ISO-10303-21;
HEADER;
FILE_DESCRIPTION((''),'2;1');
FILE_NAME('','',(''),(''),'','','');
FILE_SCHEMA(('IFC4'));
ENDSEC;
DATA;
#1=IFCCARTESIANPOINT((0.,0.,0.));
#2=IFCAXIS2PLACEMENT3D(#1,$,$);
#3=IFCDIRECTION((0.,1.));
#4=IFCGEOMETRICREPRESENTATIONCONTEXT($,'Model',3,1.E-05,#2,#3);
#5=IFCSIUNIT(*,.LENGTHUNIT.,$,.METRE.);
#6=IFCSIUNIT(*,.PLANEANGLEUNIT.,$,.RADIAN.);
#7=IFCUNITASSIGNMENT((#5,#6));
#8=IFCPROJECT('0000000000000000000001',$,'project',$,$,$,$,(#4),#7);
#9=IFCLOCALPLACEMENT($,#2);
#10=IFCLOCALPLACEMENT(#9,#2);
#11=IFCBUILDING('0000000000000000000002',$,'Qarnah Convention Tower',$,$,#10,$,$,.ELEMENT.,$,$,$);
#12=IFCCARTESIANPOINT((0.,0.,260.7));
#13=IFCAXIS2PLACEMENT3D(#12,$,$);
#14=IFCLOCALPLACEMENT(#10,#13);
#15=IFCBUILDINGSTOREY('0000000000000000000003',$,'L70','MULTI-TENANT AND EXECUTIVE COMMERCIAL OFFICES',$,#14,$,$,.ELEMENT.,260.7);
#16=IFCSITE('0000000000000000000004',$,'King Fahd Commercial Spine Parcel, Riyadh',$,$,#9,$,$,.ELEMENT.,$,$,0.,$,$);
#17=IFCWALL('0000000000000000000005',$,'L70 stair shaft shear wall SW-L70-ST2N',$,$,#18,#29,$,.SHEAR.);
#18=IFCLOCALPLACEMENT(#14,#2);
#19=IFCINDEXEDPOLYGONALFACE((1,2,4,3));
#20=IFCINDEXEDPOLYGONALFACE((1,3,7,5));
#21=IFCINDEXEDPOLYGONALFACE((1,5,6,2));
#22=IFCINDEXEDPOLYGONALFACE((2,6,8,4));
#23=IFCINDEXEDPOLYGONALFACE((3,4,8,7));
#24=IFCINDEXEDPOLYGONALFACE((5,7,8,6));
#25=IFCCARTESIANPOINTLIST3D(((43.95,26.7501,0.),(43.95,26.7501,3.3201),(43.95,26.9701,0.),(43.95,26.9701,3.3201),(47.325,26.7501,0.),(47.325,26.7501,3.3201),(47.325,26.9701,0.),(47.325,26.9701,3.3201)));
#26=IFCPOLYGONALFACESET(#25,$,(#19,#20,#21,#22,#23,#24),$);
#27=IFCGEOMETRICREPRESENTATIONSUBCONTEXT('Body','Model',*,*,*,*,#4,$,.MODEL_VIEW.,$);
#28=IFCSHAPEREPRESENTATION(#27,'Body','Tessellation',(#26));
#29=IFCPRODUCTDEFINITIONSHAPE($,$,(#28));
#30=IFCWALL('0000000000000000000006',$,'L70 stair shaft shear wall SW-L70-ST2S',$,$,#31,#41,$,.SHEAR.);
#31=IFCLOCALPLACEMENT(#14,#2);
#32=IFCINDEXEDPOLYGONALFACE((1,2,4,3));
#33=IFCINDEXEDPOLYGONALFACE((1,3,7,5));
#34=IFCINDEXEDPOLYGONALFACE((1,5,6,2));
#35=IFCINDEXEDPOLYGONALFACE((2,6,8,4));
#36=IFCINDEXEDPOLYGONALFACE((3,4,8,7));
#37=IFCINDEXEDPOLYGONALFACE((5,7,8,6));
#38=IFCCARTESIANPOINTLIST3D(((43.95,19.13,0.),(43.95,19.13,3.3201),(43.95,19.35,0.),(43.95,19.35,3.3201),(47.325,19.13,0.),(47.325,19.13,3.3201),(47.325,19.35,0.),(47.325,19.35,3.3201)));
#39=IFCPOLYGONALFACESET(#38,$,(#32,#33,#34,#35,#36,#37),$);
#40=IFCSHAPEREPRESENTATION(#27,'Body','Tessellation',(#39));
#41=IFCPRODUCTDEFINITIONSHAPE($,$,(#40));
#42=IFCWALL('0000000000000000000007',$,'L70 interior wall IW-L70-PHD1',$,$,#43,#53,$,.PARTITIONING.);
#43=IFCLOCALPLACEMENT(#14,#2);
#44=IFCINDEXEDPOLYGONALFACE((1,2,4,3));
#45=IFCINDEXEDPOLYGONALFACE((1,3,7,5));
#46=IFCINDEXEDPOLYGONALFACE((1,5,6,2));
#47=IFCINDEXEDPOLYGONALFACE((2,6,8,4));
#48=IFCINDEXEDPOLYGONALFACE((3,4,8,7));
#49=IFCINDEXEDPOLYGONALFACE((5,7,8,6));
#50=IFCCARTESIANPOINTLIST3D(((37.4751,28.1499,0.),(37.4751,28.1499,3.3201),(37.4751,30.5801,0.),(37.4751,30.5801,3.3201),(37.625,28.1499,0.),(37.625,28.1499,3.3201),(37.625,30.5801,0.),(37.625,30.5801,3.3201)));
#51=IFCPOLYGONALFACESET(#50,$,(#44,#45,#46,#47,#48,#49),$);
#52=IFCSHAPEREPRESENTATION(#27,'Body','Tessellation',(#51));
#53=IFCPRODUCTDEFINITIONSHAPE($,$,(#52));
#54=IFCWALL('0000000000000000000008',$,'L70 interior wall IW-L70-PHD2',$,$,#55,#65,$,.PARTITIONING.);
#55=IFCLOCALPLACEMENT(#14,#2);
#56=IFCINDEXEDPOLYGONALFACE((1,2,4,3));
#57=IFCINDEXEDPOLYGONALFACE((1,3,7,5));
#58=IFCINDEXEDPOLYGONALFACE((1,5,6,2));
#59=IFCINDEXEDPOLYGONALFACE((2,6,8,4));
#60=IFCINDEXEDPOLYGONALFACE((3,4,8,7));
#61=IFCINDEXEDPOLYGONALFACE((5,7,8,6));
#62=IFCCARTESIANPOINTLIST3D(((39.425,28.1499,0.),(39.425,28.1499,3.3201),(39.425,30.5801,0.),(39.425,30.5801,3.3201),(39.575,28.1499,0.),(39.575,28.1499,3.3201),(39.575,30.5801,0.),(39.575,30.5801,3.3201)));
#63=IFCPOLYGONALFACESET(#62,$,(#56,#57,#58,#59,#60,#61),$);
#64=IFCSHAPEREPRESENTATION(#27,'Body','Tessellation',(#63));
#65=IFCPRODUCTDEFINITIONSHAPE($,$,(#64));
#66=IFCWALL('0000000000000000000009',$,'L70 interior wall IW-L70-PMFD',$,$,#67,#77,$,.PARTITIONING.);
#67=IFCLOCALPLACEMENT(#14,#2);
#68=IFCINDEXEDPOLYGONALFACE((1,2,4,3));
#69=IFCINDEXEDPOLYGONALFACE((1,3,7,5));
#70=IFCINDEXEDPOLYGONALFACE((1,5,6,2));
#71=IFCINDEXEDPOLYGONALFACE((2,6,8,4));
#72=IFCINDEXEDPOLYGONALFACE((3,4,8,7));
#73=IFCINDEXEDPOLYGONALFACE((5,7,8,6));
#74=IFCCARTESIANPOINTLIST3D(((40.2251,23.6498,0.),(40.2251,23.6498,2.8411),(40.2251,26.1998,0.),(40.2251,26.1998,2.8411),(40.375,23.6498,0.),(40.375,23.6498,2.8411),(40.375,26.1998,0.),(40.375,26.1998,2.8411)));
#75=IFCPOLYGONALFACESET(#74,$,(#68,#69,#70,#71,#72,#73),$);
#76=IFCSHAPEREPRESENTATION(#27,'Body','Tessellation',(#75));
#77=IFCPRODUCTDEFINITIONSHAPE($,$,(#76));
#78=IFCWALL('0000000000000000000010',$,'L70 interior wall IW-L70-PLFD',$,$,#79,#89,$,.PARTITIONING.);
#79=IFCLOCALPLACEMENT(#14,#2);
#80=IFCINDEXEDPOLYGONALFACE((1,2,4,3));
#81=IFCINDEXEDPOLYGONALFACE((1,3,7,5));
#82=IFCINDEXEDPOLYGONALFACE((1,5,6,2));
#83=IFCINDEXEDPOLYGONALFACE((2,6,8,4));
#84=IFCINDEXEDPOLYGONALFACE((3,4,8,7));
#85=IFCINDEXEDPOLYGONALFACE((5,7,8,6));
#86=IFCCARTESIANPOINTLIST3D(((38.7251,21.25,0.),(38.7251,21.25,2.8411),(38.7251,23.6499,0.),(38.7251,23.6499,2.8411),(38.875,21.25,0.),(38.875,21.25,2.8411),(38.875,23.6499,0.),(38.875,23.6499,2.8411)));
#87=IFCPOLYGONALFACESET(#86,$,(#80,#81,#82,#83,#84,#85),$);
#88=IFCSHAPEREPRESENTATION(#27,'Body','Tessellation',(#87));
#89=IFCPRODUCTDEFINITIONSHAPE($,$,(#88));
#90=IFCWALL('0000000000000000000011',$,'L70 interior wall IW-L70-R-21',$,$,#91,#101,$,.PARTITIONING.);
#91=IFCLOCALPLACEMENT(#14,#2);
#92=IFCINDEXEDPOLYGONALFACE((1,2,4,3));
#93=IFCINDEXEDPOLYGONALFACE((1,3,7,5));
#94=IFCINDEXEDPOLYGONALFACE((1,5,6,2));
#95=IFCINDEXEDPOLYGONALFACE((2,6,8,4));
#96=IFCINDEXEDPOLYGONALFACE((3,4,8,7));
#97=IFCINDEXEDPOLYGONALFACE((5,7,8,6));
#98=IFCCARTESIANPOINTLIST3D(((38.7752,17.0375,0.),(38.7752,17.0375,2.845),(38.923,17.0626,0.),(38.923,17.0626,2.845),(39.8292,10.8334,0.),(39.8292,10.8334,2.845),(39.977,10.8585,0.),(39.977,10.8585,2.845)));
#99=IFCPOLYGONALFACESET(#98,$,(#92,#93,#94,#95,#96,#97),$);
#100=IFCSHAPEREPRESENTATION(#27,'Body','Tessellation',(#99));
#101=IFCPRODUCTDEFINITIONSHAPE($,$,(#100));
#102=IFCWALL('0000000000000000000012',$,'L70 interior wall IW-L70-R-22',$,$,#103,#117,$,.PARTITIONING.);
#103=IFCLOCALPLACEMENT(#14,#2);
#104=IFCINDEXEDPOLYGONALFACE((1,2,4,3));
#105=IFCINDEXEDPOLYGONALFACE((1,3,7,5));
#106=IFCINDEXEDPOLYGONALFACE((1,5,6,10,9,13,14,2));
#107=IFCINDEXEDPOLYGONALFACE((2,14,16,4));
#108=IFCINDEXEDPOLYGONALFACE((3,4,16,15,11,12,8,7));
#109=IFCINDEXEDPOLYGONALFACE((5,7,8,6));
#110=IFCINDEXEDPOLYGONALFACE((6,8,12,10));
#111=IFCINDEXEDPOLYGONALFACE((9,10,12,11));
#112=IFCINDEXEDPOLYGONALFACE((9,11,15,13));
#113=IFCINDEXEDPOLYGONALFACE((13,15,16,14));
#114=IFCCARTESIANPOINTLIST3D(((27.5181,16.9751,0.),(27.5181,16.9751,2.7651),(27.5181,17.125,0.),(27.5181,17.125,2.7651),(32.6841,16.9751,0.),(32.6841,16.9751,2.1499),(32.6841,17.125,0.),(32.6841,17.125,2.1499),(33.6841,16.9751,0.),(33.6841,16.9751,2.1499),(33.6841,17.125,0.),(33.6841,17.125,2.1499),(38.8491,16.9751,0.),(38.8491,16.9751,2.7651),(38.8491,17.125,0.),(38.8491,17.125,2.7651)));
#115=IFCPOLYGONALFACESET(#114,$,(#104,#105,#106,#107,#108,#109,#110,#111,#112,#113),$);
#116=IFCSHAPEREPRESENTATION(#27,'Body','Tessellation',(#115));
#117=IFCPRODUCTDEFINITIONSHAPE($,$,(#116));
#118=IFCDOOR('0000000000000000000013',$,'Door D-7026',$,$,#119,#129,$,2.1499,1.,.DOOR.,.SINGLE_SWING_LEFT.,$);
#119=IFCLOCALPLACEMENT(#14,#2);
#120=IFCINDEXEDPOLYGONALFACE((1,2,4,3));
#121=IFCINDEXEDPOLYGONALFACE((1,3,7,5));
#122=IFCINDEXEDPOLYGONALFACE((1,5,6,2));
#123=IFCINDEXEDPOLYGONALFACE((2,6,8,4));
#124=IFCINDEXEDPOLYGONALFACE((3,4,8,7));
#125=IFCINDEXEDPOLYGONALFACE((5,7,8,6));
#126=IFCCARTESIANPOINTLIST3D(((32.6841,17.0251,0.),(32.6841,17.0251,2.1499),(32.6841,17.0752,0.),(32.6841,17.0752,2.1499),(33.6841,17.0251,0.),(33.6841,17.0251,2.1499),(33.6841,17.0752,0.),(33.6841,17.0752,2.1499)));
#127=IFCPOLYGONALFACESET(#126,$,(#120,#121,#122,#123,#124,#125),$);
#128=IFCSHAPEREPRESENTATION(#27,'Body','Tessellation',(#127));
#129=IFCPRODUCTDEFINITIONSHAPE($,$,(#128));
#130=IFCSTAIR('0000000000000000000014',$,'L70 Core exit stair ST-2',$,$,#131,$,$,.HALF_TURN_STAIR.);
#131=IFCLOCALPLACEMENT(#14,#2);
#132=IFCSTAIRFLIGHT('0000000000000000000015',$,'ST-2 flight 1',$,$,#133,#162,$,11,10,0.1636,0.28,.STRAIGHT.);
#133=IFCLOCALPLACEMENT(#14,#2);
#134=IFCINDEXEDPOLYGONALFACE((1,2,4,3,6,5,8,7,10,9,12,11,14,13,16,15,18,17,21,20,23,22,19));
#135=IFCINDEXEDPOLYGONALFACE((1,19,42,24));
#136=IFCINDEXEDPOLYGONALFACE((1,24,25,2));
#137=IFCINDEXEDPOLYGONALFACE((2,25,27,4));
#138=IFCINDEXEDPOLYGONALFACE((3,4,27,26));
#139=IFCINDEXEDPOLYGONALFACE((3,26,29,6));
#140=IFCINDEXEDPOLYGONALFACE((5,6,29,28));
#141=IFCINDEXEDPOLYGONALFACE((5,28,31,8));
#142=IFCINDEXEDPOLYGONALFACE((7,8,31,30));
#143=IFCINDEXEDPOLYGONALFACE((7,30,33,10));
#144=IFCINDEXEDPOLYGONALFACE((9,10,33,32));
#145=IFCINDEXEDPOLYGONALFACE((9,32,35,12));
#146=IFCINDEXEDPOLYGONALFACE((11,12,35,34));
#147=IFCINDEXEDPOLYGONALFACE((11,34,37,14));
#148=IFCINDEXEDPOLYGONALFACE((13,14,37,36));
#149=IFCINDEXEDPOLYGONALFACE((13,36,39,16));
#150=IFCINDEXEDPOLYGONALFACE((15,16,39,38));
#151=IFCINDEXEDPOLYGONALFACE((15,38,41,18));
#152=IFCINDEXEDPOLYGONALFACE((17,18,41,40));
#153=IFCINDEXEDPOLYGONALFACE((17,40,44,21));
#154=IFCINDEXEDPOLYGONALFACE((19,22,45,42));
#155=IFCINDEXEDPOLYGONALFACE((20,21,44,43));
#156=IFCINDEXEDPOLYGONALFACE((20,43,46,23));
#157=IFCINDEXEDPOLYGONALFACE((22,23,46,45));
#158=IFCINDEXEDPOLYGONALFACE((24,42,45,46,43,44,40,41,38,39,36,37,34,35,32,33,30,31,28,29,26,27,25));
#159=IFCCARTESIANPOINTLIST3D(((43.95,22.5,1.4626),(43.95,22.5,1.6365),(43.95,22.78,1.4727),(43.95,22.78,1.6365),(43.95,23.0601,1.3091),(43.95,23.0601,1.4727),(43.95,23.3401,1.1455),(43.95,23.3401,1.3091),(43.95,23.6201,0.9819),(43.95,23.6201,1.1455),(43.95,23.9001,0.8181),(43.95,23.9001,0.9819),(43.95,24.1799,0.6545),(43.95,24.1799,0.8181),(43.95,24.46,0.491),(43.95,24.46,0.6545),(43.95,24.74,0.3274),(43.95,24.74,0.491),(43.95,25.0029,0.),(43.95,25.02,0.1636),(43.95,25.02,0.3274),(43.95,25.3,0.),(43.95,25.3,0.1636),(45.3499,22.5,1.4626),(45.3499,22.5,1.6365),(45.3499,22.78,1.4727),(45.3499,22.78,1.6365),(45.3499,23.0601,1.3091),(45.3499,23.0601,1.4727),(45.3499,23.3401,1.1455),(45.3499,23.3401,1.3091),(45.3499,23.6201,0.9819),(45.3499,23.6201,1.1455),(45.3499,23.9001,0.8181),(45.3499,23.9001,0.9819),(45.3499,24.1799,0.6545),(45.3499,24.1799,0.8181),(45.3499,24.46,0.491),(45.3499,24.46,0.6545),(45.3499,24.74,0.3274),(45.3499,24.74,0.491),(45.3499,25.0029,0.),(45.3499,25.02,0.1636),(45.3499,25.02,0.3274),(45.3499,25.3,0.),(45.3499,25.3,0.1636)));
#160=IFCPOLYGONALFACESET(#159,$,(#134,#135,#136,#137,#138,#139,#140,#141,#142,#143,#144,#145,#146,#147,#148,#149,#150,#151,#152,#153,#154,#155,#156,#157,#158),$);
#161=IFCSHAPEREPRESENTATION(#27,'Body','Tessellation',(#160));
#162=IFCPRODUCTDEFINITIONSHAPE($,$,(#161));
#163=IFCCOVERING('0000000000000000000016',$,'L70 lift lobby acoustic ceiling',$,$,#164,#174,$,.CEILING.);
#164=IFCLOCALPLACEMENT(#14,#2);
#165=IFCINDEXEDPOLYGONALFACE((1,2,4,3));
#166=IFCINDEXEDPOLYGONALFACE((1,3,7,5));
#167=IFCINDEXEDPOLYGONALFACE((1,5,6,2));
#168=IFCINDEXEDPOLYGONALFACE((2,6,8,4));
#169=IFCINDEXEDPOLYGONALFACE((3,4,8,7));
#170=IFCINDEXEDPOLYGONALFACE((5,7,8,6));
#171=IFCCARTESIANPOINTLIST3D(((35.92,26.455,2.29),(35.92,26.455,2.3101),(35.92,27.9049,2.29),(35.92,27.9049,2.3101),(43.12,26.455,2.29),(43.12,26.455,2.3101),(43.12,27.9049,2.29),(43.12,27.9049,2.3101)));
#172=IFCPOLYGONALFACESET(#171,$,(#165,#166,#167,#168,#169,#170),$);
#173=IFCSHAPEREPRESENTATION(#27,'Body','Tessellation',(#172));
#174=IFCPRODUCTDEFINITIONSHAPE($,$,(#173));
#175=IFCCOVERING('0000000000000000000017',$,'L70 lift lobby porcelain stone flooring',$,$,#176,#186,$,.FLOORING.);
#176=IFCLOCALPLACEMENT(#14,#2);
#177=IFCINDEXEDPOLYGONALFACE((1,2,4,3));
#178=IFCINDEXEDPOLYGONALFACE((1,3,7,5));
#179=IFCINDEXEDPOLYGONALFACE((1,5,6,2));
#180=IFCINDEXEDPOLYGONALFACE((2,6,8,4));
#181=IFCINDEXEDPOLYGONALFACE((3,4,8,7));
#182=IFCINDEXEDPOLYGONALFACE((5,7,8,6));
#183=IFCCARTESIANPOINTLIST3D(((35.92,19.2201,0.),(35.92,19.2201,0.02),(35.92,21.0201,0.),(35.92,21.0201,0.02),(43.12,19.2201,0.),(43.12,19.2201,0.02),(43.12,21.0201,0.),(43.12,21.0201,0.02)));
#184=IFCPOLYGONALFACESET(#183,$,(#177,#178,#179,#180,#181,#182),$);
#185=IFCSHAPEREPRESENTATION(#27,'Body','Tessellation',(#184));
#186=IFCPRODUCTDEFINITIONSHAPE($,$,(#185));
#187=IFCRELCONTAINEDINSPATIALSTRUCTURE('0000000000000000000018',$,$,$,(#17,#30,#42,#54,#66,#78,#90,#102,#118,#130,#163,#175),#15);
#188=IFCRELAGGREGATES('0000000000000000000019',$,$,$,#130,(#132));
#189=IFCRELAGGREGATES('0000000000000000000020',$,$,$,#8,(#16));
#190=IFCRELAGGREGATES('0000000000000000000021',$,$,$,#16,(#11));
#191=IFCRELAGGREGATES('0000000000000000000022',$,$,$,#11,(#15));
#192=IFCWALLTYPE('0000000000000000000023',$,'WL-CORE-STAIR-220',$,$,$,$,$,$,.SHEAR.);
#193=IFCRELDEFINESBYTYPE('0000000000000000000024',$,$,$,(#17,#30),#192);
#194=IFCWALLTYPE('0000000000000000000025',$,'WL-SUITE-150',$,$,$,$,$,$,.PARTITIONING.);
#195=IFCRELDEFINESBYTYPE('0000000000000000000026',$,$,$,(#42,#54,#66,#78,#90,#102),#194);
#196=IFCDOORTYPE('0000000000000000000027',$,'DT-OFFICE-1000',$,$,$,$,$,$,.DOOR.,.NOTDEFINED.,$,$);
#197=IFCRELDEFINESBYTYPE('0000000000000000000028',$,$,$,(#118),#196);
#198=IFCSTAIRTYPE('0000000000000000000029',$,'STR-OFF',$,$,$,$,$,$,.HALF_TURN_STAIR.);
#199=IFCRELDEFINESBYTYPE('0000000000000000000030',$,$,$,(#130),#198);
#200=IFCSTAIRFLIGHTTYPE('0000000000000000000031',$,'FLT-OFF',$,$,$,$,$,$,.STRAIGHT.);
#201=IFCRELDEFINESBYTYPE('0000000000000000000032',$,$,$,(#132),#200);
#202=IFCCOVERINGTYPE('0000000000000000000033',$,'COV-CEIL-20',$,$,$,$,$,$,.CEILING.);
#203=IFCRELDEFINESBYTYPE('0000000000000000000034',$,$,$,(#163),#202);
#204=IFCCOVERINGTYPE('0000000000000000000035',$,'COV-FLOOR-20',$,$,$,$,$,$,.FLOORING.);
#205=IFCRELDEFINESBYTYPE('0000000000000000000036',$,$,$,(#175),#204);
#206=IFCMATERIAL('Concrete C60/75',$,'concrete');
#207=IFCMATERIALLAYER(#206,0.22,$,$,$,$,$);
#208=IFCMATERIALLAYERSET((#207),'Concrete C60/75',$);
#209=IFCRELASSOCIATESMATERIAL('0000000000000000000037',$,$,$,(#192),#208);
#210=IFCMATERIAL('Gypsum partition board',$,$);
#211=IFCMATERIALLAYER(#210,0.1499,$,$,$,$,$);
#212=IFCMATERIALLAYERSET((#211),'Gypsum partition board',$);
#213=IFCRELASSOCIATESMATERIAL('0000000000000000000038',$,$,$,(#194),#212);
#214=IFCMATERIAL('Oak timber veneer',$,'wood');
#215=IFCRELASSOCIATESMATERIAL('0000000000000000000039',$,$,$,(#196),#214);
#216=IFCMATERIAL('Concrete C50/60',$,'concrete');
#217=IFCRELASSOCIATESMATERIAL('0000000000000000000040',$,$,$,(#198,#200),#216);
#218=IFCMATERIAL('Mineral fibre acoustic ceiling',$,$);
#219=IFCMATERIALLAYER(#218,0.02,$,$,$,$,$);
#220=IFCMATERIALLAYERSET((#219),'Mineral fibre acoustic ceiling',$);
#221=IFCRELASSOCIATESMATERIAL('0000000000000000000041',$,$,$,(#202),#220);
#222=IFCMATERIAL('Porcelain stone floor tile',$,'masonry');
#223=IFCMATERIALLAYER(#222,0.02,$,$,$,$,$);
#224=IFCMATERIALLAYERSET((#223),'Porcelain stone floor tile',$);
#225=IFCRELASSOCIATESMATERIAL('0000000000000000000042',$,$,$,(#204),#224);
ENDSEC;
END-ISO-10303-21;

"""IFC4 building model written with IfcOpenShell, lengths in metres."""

from ifc_helpers import new_model, si_unit, direction, frame, frame_2d, origin, origin_2d, place, context, subcontext, project, spatial, polyline, rectangle, outline, extrude, material, layer, layer_set, type_object, element, fill, aggregate, save


model = new_model("IFC4")

# Units and contexts
model_context = context("Model", 3, precision=1e-05, world=origin(), true_north=direction((0.0, 1.0)))
body_context = subcontext(model_context, "Body", "Model", "MODEL_VIEW")
ifc_project = project(units=[si_unit("LENGTHUNIT", "METRE"), si_unit("PLANEANGLEUNIT", "RADIAN")], contexts=[model_context])

# Site, building, storey
site_placement = place(None, origin())
site = spatial("IfcSite", under=ifc_project, at=site_placement, Name="King Fahd Commercial Spine Parcel, Riyadh", CompositionType="ELEMENT", RefElevation=0.0)
building_placement = place(site_placement, origin())
building = spatial("IfcBuilding", under=site, at=building_placement, Name="Qarnah Convention Tower", CompositionType="ELEMENT")
storey_placement = place(building_placement, frame((0.0, 0.0, 260.7)))
storey = spatial("IfcBuildingStorey", under=building, at=storey_placement, Name="L70", Description="MULTI-TENANT AND EXECUTIVE COMMERCIAL OFFICES", CompositionType="ELEMENT", Elevation=260.7)

# Shared definitions
ifc_material_1 = material(Name="Concrete C50/60", Category="concrete")

# Shared definitions
ifc_material_2 = material(Name="Concrete C60/75", Category="concrete")

# Walls
ifc_layer_1 = layer(ifc_material_2, 0.22)
ifc_layer_set_1 = layer_set([ifc_layer_1], Name="Concrete C60/75")
wall_type_1 = type_object("IfcWallType", Name="WL-CORE-STAIR-220", PredefinedType="SHEAR", material=ifc_layer_set_1)
for number, where, z_axis, x_axis, name in (
    (1, (43.95, 26.8601, 0.0), (0.0, 0.0, 1.0), (1.0, 0.0, 0.0), "L70 stair shaft shear wall SW-L70-ST2N"),
    (2, (43.95, 19.24, 0.0), (0.0, 0.0, 1.0), (1.0, 0.0, 0.0), "L70 stair shaft shear wall SW-L70-ST2S"),
):
    element("IfcWall", number, at=place(storey_placement, frame(where, z_axis=z_axis, x_axis=x_axis)), inside=storey, type_object=wall_type_1, Name=name, PredefinedType="SHEAR", context=body_context, shape_type="SweptSolid", body=[
        extrude(rectangle(XDim=3.375, YDim=0.22, at=frame_2d((1.6875, 0.0))), origin(), (0.0, 0.0, 1.0), 3.3201),
    ])
ifc_material_3 = material(Name="Gypsum partition board")
ifc_layer_2 = layer(ifc_material_3, 0.1499)
ifc_layer_set_2 = layer_set([ifc_layer_2], Name="Gypsum partition board")
wall_type_2 = type_object("IfcWallType", Name="WL-SUITE-150", PredefinedType="PARTITIONING", material=ifc_layer_set_2)
for number, where, z_axis, x_axis, name in (
    (3, (37.55, 28.1499, 0.0), (0.0, 0.0, 1.0), (0.0, 1.0, 0.0), "L70 interior wall IW-L70-PHD1"),
    (4, (39.5, 28.1499, 0.0), (0.0, 0.0, 1.0), (0.0, 1.0, 0.0), "L70 interior wall IW-L70-PHD2"),
):
    element("IfcWall", number, at=place(storey_placement, frame(where, z_axis=z_axis, x_axis=x_axis)), inside=storey, type_object=wall_type_2, Name=name, PredefinedType="PARTITIONING", context=body_context, shape_type="SweptSolid", body=[
        extrude(rectangle(XDim=2.4302, YDim=0.1499, at=frame_2d((1.2151, 0.0))), origin(), (0.0, 0.0, 1.0), 3.3201),
    ])
wall_1_placement = place(storey_placement, frame((40.3, 23.6499, 0.0), z_axis=(0.0, 0.0, 1.0), x_axis=(0.0, 1.0, 0.0)))
element("IfcWall", 5, at=wall_1_placement, inside=storey, type_object=wall_type_2, Name="L70 interior wall IW-L70-PMFD", PredefinedType="PARTITIONING", context=body_context, shape_type="SweptSolid", body=[
    extrude(rectangle(XDim=2.55, YDim=0.1499, at=frame_2d((1.2749, 0.0))), origin(), (0.0, 0.0, 1.0), 2.8411),
])
wall_2_placement = place(storey_placement, frame((38.8, 21.25, 0.0), z_axis=(0.0, 0.0, 1.0), x_axis=(0.0, 1.0, 0.0)))
element("IfcWall", 6, at=wall_2_placement, inside=storey, type_object=wall_type_2, Name="L70 interior wall IW-L70-PLFD", PredefinedType="PARTITIONING", context=body_context, shape_type="SweptSolid", body=[
    extrude(rectangle(XDim=2.3999, YDim=0.1499, at=frame_2d((1.2, 0.0))), origin(), (0.0, 0.0, 1.0), 2.8411),
])
wall_3_placement = place(storey_placement, frame((39.9031, 10.8459, 0.0), z_axis=(0.0, 0.0, 1.0), x_axis=(-0.167481, 0.985875, 0.0)))
element("IfcWall", 7, at=wall_3_placement, inside=storey, type_object=wall_type_2, Name="L70 interior wall IW-L70-R-21", PredefinedType="PARTITIONING", context=body_context, shape_type="SweptSolid", body=[
    extrude(rectangle(XDim=6.293, YDim=0.1499, at=frame_2d((3.1465, 0.0))), origin(), (0.0, 0.0, 1.0), 2.845),
])

# Wall, opening, door
wall_4_placement = place(storey_placement, frame((38.8491, 17.05, 0.0), z_axis=(0.0, 0.0, 1.0), x_axis=(-1.0, 0.0, 0.0)))
wall_4 = element("IfcWall", 8, at=wall_4_placement, inside=storey, type_object=wall_type_2, Name="L70 interior wall IW-L70-R-22", PredefinedType="PARTITIONING", context=body_context, shape_type="SweptSolid", body=[
    extrude(rectangle(XDim=11.3311, YDim=0.1499, at=frame_2d((5.6655, 0.0))), origin(), (0.0, 0.0, 1.0), 2.7651),
])
opening_1_placement = place(wall_4_placement, frame((5.165, 0.0, 0.0)))
opening_1 = element("IfcOpeningElement", 9, at=opening_1_placement, cuts=wall_4, PredefinedType="OPENING", context=body_context, shape_type="SweptSolid", body=[
    extrude(rectangle(XDim=1.0, YDim=2.1499, at=frame_2d((0.5, 1.075))), frame((0.0, 0.085, 0.0), z_axis=(0.0, -1.0, 0.0), x_axis=(1.0, 0.0, 0.0)), (0.0, 0.0, 1.0), 0.1699),
])
ifc_material_4 = material(Name="Oak timber veneer", Category="wood")
door_type_1 = type_object("IfcDoorType", Name="DT-OFFICE-1000", OperationType="NOTDEFINED", PredefinedType="DOOR", material=ifc_material_4)
door_1_placement = place(opening_1_placement, origin())
door_1 = element("IfcDoor", 10, at=door_1_placement, inside=storey, type_object=door_type_1, Name="Door D-7026", OperationType="SINGLE_SWING_LEFT", OverallHeight=2.1499, OverallWidth=1.0, PredefinedType="DOOR", context=body_context, shape_type="SweptSolid", body=[
    extrude(rectangle(XDim=1.0, YDim=2.1499, at=frame_2d((0.5, 1.075))), frame((0.0, 0.0249, 0.0), z_axis=(0.0, -1.0, 0.0), x_axis=(1.0, 0.0, 0.0)), (0.0, 0.0, 1.0), 0.05),
])
fill(opening_1, door_1)

# Stair, stair flight
stair_type = type_object("IfcStairType", Name="STR-OFF", PredefinedType="HALF_TURN_STAIR", material=ifc_material_1)
stair_placement = place(storey_placement, origin())
stair = element("IfcStair", 11, at=stair_placement, inside=storey, type_object=stair_type, Name="L70 Core exit stair ST-2", PredefinedType="HALF_TURN_STAIR")
stair_flight_type = type_object("IfcStairFlightType", Name="FLT-OFF", PredefinedType="STRAIGHT", material=ifc_material_1)
stair_flight_placement = place(storey_placement, frame((44.6499, 25.3, 0.0), z_axis=(0.0, 0.0, 1.0), x_axis=(0.0, -1.0, 0.0)))
stair_flight = element("IfcStairFlight", 12, at=stair_flight_placement, type_object=stair_flight_type, Name="ST-2 flight 1", NumberOfRisers=11, NumberOfTreads=10, PredefinedType="STRAIGHT", RiserHeight=0.1636, TreadLength=0.28, context=body_context, shape_type="SweptSolid", body=[
    extrude(outline(polyline([(0.0, 0.0), (0.0, 0.1636), (0.28, 0.1636), (0.28, 0.3274), (0.5601, 0.3274), (0.5601, 0.491), (0.8401, 0.491), (0.8401, 0.6545), (1.1201, 0.6545), (1.1201, 0.8181), (1.3999, 0.8181), (1.3999, 0.9819), (1.6799, 0.9819), (1.6799, 1.1455), (1.96, 1.1455), (1.96, 1.3091), (2.24, 1.3091), (2.24, 1.4727), (2.52, 1.4727), (2.52, 1.6365), (2.8, 1.6365), (2.8, 1.8), (2.8, 1.4626), (0.2971, 0.0), (0.0, 0.0)])), frame((0.0, 0.7, 0.0), z_axis=(0.0, -1.0, 0.0), x_axis=(1.0, 0.0, 0.0)), (0.0, 0.0, 1.0), 1.3999),
])
aggregate(stair, [stair_flight])

# Coverings
ifc_material_5 = material(Name="Mineral fibre acoustic ceiling")
ifc_layer_3 = layer(ifc_material_5, 0.02)
ifc_layer_set_3 = layer_set([ifc_layer_3], Name="Mineral fibre acoustic ceiling")
covering_type_1 = type_object("IfcCoveringType", Name="COV-CEIL-20", PredefinedType="CEILING", material=ifc_layer_set_3)
covering_1_placement = place(storey_placement, frame((39.52, 27.1799, 2.29), z_axis=(0.0, 0.0, 1.0), x_axis=(1.0, 0.0, 0.0)))
element("IfcCovering", 13, at=covering_1_placement, inside=storey, type_object=covering_type_1, Name="L70 lift lobby acoustic ceiling", PredefinedType="CEILING", context=body_context, shape_type="SweptSolid", body=[
    extrude(rectangle(XDim=7.2, YDim=1.45, at=origin_2d()), origin(), (0.0, 0.0, 1.0), 0.02),
])
ifc_material_6 = material(Name="Porcelain stone floor tile", Category="masonry")
ifc_layer_4 = layer(ifc_material_6, 0.02)
ifc_layer_set_4 = layer_set([ifc_layer_4], Name="Porcelain stone floor tile")
covering_type_2 = type_object("IfcCoveringType", Name="COV-FLOOR-20", PredefinedType="FLOORING", material=ifc_layer_set_4)
covering_2_placement = place(storey_placement, frame((39.52, 20.1201, 0.0), z_axis=(0.0, 0.0, 1.0), x_axis=(1.0, 0.0, 0.0)))
element("IfcCovering", 14, at=covering_2_placement, inside=storey, type_object=covering_type_2, Name="L70 lift lobby porcelain stone flooring", PredefinedType="FLOORING", context=body_context, shape_type="SweptSolid", body=[
    extrude(rectangle(XDim=7.2, YDim=1.8, at=origin_2d()), origin(), (0.0, 0.0, 1.0), 0.02),
])

save(model, "model.ifc")
